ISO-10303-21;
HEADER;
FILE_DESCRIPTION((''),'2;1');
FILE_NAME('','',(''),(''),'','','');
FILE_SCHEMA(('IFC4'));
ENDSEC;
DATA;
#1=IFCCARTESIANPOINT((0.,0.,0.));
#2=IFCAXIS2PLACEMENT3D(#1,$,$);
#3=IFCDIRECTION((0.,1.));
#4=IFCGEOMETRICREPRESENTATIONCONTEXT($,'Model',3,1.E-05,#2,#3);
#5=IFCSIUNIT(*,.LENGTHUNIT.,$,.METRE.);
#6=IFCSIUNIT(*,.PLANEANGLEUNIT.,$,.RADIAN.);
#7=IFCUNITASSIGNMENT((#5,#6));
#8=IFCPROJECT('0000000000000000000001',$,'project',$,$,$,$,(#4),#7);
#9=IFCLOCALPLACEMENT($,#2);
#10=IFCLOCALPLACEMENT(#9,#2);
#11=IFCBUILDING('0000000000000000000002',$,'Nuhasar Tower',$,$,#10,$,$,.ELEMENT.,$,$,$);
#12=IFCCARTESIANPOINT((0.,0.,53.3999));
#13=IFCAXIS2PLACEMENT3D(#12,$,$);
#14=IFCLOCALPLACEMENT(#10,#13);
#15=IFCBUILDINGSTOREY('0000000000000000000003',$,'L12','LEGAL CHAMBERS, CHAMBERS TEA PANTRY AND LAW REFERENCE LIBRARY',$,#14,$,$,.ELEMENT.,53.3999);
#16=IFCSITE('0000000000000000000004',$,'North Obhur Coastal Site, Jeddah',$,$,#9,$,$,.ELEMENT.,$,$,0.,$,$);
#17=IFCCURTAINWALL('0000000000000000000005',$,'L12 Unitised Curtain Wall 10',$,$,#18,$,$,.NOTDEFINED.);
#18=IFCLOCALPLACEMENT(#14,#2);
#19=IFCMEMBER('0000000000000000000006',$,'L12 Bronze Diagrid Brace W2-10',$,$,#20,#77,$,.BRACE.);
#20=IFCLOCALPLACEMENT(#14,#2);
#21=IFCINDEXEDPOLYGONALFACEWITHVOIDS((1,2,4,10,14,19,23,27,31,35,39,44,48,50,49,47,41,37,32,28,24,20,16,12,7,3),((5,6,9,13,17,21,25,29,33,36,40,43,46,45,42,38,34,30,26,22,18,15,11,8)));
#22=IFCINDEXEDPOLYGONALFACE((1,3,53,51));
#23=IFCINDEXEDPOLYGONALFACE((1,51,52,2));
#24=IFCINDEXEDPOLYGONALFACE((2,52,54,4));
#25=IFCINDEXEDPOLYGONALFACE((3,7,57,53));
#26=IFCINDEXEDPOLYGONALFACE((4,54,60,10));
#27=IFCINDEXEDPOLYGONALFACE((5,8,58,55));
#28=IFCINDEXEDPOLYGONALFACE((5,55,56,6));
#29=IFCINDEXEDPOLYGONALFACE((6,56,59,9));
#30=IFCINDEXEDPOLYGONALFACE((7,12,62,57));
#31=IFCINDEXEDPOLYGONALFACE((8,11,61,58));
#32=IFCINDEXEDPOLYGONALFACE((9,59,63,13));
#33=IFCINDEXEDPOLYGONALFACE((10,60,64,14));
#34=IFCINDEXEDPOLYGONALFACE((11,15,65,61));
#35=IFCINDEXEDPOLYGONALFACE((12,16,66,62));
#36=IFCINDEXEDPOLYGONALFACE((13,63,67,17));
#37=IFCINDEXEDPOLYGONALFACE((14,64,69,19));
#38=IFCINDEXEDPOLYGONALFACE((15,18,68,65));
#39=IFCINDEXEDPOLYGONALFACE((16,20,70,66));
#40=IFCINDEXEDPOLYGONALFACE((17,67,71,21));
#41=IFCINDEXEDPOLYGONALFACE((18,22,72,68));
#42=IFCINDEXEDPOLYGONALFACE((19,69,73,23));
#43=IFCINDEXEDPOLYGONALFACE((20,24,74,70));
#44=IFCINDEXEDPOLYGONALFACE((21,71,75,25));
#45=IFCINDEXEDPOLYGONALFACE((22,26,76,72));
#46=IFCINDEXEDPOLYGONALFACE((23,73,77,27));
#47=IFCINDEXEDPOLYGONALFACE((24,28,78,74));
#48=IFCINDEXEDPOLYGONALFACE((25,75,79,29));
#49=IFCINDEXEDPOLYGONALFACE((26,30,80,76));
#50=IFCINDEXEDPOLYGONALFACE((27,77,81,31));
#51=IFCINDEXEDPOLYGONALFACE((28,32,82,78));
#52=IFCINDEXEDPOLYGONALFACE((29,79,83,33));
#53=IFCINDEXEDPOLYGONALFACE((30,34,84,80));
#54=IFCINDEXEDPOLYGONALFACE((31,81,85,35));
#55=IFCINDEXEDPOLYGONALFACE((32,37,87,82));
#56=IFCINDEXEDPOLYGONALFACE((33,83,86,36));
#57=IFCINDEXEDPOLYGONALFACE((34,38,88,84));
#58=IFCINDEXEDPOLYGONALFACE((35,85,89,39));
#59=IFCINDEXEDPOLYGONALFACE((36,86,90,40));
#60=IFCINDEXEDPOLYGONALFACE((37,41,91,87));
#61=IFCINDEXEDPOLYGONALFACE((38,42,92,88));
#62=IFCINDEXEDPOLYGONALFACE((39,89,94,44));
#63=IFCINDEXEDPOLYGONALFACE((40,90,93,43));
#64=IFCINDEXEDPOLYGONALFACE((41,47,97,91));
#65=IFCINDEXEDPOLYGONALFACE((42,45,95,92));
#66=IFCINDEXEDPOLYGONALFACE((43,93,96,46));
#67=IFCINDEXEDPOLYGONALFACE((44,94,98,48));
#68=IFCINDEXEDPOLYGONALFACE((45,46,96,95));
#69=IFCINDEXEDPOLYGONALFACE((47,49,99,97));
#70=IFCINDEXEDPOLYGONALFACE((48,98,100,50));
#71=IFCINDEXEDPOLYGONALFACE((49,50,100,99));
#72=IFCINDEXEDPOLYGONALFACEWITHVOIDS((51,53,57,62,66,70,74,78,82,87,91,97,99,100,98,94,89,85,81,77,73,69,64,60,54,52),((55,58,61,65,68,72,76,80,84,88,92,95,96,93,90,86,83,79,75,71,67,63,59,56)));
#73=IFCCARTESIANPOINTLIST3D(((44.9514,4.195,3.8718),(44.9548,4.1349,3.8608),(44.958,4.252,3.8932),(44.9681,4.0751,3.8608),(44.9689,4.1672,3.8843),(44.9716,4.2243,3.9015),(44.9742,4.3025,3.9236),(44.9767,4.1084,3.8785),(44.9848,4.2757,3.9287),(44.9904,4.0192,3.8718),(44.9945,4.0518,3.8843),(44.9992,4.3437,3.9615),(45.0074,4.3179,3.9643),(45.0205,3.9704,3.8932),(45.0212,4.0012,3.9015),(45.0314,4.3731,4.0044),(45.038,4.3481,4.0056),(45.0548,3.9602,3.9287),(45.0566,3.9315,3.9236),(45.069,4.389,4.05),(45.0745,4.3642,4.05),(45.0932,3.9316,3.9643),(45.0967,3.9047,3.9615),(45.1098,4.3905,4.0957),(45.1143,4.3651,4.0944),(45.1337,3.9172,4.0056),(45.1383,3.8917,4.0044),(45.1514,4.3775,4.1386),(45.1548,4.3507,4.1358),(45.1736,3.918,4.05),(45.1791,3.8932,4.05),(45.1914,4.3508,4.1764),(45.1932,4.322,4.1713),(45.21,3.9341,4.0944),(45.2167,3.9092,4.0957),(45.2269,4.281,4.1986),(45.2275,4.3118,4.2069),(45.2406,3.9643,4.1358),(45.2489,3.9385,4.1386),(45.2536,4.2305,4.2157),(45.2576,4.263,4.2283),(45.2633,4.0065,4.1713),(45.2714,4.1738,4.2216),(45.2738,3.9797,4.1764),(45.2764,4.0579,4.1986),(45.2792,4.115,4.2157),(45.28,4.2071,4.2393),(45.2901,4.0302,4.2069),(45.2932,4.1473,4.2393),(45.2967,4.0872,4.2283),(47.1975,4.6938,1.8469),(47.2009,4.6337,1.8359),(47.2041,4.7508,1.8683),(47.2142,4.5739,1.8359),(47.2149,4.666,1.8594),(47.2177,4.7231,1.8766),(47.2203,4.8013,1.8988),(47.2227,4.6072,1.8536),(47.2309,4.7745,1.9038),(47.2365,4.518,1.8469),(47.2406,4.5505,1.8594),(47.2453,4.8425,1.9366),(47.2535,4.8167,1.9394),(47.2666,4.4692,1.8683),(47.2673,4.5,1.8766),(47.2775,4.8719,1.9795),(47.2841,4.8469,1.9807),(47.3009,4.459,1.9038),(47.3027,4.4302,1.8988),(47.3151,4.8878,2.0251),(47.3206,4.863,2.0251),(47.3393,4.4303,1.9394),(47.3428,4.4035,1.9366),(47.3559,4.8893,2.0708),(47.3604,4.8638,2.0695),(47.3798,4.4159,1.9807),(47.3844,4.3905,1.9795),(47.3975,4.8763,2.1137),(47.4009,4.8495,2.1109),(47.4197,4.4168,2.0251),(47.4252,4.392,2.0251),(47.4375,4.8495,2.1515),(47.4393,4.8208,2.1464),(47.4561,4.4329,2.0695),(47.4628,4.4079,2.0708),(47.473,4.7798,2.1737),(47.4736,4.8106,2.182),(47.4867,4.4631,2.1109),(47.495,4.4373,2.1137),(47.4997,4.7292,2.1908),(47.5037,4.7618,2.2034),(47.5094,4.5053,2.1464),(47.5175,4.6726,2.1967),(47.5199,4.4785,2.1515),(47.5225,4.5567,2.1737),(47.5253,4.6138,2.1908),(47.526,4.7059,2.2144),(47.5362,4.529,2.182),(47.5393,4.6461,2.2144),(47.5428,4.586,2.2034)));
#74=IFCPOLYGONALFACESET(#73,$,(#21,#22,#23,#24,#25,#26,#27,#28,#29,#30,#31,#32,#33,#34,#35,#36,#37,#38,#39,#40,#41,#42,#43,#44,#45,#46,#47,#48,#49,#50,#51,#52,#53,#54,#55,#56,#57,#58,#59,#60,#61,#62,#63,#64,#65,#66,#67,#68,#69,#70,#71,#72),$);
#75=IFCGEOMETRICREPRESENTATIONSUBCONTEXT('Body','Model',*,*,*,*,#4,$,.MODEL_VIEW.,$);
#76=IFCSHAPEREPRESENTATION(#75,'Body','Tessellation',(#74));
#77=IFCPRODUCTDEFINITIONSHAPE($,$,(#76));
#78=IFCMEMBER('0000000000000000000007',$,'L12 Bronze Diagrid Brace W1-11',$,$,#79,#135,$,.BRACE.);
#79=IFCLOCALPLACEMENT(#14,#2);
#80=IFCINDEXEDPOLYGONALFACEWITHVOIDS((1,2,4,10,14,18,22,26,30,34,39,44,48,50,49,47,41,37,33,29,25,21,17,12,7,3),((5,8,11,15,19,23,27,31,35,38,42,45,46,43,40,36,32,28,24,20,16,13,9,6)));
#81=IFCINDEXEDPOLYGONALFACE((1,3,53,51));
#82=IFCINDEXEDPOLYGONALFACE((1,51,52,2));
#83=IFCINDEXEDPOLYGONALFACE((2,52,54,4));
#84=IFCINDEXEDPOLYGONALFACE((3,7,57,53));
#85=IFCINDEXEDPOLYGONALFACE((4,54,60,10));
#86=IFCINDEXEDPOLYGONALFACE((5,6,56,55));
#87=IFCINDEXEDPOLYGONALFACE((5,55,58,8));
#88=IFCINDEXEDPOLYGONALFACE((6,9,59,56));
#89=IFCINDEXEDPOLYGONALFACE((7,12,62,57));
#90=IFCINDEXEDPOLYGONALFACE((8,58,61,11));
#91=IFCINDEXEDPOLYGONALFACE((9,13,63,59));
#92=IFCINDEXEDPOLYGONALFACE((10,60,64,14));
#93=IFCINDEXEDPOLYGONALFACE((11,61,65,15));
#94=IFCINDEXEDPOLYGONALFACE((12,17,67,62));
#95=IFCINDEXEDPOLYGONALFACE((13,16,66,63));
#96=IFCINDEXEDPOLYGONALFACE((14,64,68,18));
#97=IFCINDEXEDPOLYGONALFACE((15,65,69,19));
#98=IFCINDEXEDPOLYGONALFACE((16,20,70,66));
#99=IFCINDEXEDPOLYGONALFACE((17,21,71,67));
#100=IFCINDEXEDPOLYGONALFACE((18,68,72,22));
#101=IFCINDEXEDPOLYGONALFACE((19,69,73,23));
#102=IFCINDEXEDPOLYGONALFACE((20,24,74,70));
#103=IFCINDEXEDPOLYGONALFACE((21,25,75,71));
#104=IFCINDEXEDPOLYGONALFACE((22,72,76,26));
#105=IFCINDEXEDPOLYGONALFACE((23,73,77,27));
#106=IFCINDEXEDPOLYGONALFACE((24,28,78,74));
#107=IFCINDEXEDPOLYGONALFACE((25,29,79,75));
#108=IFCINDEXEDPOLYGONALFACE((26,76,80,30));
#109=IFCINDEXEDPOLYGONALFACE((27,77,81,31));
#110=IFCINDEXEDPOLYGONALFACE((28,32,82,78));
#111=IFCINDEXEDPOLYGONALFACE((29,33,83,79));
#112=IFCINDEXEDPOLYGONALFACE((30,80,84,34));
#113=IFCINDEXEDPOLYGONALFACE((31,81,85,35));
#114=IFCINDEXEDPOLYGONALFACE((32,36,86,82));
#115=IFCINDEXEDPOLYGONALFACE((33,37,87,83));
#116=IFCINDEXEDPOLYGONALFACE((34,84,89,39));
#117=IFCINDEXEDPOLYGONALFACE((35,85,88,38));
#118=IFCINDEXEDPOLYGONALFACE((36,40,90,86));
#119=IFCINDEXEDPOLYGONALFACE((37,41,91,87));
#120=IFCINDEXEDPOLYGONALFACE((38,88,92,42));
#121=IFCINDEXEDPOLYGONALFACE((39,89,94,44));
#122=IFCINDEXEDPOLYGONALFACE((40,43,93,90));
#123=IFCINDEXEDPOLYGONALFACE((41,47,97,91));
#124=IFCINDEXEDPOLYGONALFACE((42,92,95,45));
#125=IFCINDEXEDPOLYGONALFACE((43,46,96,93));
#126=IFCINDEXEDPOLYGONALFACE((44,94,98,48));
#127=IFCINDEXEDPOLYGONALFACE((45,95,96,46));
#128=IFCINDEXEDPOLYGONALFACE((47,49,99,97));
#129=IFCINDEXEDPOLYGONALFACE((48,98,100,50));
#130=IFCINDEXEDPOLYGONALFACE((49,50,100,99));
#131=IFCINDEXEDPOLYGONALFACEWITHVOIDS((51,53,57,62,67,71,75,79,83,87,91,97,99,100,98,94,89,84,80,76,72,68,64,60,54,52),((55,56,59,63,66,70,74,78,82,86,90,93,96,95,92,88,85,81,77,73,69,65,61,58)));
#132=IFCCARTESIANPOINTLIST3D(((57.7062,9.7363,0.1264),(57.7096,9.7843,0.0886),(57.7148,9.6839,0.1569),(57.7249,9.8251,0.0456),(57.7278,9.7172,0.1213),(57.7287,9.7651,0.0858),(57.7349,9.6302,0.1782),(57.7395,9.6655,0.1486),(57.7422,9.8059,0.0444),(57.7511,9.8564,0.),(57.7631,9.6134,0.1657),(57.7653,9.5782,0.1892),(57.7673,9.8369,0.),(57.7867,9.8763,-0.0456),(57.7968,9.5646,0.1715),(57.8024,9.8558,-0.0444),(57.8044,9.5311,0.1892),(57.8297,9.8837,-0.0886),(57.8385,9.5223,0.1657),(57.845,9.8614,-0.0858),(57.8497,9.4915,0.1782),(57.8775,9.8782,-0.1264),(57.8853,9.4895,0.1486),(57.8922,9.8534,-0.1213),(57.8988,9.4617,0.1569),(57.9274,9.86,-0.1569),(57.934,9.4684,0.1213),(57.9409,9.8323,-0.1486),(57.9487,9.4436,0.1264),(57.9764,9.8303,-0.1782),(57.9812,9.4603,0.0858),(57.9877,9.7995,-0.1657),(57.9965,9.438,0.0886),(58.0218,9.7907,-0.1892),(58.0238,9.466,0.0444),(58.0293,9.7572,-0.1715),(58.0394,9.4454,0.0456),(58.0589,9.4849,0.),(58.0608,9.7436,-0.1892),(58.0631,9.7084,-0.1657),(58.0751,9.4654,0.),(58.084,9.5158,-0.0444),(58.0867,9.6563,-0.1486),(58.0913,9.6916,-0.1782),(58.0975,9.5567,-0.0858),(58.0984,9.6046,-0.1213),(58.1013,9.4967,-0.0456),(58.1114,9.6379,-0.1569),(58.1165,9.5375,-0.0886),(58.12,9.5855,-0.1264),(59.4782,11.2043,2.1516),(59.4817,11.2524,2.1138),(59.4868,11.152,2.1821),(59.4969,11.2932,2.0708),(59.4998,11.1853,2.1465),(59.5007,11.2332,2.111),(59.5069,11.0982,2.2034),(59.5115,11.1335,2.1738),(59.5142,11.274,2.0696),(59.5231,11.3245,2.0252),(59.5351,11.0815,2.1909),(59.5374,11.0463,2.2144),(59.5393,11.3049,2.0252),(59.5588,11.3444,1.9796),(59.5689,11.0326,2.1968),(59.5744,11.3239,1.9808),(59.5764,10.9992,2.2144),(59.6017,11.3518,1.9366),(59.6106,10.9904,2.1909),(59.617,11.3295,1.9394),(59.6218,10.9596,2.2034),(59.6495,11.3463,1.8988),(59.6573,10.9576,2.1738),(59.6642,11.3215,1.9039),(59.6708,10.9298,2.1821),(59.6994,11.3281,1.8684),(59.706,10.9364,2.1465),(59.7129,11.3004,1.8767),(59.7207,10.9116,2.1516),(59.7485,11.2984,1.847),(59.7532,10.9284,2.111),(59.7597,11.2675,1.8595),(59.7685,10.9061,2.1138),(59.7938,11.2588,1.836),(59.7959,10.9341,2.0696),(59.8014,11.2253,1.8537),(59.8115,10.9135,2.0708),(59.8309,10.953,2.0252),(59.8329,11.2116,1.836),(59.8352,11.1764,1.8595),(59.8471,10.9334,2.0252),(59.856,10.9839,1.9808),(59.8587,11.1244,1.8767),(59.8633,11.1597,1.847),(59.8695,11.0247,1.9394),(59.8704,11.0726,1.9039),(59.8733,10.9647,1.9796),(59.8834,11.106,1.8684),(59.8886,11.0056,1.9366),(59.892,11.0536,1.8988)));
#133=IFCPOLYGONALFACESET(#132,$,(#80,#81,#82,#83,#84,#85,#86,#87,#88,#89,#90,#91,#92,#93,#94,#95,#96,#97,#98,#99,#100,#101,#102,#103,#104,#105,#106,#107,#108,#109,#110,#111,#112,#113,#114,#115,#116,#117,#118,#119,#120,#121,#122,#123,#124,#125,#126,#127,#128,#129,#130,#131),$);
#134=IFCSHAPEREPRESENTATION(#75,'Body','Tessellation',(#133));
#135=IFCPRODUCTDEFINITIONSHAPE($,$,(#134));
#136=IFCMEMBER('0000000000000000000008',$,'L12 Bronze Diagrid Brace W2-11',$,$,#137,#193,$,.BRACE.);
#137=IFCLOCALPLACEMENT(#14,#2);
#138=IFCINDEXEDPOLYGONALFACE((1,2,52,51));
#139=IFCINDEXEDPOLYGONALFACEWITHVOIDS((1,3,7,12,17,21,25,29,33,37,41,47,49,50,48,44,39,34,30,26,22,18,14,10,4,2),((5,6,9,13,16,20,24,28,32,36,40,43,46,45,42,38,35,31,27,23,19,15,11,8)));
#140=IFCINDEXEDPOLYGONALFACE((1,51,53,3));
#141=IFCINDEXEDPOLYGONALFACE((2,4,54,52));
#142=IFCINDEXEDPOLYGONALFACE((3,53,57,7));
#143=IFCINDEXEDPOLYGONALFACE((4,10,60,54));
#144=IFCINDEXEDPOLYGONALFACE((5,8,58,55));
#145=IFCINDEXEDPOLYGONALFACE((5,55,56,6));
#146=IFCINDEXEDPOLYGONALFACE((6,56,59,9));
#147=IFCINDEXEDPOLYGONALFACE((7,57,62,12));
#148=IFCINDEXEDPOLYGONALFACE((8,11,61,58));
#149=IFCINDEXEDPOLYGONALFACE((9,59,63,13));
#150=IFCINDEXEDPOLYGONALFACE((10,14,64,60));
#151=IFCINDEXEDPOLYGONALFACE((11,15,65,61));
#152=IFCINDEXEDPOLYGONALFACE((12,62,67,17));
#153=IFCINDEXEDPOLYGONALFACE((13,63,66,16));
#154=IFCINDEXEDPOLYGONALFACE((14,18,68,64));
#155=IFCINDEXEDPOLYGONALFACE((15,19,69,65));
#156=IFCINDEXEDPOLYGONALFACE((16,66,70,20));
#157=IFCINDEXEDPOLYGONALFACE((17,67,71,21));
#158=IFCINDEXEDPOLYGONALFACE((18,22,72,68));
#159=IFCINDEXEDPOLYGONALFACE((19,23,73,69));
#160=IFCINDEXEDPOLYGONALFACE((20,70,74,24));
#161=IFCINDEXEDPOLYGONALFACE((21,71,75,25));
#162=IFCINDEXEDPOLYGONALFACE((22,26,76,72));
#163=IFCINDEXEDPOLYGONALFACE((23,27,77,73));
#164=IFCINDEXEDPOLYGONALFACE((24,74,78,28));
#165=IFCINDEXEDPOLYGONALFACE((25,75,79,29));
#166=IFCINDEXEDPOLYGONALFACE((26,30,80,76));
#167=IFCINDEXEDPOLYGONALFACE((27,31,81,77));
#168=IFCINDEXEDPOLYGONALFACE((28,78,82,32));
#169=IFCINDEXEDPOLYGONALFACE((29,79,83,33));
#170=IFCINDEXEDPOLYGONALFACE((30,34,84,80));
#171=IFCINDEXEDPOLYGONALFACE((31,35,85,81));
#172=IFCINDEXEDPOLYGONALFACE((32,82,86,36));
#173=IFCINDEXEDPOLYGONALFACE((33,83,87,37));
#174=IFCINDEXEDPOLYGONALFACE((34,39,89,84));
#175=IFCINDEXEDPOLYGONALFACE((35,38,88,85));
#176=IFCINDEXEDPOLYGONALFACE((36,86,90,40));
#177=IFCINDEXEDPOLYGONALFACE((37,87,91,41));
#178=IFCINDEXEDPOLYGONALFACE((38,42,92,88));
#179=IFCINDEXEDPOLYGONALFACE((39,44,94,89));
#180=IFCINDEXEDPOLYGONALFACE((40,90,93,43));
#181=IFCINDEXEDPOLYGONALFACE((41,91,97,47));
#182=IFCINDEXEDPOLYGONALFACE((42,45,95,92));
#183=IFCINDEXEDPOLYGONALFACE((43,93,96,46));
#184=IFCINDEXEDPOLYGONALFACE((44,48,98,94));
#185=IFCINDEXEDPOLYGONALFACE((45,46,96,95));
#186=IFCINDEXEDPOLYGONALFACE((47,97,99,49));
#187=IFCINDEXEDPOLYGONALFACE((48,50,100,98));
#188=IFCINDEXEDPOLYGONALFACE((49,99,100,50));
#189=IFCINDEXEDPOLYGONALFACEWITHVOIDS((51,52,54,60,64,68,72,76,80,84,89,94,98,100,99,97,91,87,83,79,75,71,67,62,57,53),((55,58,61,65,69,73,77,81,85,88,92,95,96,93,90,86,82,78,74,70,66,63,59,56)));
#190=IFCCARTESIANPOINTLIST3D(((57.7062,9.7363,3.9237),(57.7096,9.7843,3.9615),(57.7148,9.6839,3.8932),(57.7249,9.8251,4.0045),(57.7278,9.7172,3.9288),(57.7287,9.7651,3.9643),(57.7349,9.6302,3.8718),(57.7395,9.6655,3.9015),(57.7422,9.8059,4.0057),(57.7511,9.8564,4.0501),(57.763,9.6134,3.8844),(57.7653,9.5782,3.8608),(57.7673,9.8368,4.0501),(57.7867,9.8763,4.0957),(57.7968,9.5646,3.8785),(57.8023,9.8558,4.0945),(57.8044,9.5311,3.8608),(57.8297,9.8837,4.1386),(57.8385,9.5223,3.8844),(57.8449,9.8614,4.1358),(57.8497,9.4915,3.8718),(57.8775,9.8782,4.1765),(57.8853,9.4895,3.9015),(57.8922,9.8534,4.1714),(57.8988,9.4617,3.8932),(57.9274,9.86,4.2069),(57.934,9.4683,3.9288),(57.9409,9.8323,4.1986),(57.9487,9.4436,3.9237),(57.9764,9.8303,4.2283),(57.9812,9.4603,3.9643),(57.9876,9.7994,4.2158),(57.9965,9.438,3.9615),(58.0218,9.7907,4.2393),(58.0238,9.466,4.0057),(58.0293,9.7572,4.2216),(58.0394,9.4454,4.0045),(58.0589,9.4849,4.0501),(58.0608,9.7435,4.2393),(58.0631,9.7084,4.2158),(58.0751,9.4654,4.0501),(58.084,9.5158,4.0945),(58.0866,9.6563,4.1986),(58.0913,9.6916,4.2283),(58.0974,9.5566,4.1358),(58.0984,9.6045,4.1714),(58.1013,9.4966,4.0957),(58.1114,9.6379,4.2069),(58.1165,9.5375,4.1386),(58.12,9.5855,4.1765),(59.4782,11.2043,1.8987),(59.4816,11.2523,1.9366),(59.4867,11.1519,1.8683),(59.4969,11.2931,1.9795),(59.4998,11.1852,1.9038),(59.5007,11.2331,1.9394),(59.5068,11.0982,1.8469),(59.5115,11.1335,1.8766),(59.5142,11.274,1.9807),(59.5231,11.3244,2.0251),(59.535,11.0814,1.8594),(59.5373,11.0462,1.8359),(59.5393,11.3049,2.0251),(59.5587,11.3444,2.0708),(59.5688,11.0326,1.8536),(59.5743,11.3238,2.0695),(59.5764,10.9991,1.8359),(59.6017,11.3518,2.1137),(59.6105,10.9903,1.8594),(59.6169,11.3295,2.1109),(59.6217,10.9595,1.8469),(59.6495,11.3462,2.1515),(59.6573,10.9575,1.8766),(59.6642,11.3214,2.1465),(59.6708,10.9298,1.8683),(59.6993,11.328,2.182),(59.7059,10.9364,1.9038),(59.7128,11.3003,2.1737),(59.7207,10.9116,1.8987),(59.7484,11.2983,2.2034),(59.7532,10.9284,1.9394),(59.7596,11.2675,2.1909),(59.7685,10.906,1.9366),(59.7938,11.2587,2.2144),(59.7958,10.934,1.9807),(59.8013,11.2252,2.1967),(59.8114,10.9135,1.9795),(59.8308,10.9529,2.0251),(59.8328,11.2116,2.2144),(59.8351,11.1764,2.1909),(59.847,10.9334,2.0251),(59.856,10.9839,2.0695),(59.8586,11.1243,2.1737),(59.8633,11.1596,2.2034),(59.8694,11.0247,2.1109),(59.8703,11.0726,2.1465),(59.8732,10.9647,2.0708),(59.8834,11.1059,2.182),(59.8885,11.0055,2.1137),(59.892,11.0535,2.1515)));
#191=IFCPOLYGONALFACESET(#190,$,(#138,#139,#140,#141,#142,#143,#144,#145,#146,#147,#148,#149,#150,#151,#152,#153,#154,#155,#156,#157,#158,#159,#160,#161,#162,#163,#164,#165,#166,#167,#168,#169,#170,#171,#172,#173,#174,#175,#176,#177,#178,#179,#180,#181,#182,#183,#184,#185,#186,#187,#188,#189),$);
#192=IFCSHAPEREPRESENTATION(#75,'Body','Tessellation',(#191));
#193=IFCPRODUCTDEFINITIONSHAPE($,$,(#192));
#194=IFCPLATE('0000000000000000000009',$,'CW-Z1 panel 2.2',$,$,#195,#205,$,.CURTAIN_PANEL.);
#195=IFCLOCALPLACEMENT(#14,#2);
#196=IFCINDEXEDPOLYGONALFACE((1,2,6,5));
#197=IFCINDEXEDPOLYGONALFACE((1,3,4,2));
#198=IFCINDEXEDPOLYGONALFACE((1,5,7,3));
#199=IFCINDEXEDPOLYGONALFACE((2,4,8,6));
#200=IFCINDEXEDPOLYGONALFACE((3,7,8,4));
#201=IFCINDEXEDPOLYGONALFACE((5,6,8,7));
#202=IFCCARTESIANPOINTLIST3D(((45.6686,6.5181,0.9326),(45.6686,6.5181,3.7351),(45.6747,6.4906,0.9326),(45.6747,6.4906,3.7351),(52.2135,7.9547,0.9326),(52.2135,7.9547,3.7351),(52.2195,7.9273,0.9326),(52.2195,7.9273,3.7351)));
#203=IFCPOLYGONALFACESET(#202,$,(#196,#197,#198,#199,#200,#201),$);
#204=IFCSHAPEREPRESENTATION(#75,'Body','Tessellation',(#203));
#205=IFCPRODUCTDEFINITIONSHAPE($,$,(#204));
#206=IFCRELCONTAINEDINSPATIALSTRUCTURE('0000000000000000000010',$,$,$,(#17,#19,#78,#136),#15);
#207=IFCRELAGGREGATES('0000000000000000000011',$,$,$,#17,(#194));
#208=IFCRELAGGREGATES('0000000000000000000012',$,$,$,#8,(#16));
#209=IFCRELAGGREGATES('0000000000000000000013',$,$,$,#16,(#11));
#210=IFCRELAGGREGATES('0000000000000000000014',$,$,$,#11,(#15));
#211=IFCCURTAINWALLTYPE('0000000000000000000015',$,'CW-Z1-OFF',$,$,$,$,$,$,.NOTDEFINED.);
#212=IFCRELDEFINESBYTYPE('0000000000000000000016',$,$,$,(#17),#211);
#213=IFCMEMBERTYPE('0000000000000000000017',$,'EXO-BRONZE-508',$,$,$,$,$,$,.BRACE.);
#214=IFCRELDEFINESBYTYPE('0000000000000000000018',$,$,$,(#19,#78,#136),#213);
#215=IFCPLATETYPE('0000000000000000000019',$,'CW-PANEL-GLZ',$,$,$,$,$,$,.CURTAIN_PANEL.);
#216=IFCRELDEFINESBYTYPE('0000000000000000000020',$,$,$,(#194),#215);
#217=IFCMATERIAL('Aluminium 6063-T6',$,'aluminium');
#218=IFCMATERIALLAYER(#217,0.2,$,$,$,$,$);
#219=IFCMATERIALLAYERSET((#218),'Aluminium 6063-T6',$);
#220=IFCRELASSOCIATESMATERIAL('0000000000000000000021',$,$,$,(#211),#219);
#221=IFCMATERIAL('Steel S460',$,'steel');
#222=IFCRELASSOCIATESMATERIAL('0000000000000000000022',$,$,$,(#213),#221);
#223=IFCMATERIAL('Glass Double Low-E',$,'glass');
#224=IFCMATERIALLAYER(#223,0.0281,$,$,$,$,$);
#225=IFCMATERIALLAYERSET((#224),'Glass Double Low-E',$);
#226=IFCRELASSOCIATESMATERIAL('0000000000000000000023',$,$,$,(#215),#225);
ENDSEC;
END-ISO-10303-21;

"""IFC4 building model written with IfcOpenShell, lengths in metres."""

from ifc_helpers import new_model, si_unit, direction, frame, origin, origin_2d, place, context, subcontext, project, spatial, rectangle, hollow_circle, extrude, material, layer, layer_set, material_profile, profile_set, type_object, element, aggregate, save


model = new_model("IFC4")

# Units and contexts
model_context = context("Model", 3, precision=1e-05, world=origin(), true_north=direction((0.0, 1.0)))
body_context = subcontext(model_context, "Body", "Model", "MODEL_VIEW")
ifc_project = project(units=[si_unit("LENGTHUNIT", "METRE"), si_unit("PLANEANGLEUNIT", "RADIAN")], contexts=[model_context])

# Site, building, storey
site_placement = place(None, origin())
site = spatial("IfcSite", under=ifc_project, at=site_placement, Name="North Obhur Coastal Site, Jeddah", CompositionType="ELEMENT", RefElevation=0.0)
building_placement = place(site_placement, origin())
building = spatial("IfcBuilding", under=site, at=building_placement, Name="Nuhasar Tower", CompositionType="ELEMENT")
storey_placement = place(building_placement, frame((0.0, 0.0, 53.3999)))
storey = spatial("IfcBuildingStorey", under=building, at=storey_placement, Name="L12", Description="LEGAL CHAMBERS, CHAMBERS TEA PANTRY AND LAW REFERENCE LIBRARY", CompositionType="ELEMENT", Elevation=53.3999)

# Curtain wall
ifc_material_1 = material(Name="Aluminium 6063-T6", Category="aluminium")
ifc_layer_1 = layer(ifc_material_1, 0.2)
ifc_layer_set_1 = layer_set([ifc_layer_1], Name="Aluminium 6063-T6")
curtain_wall_type = type_object("IfcCurtainWallType", Name="CW-Z1-OFF", PredefinedType="NOTDEFINED", material=ifc_layer_set_1)
curtain_wall_1_placement = place(storey_placement, origin())
curtain_wall_1 = element("IfcCurtainWall", 1, at=curtain_wall_1_placement, inside=storey, type_object=curtain_wall_type, Name="L12 Unitised Curtain Wall 10", PredefinedType="NOTDEFINED")

# Members
ifc_material_2 = material(Name="Steel S460", Category="steel")
ifc_material_profile_1 = material_profile(ifc_material_2, hollow_circle(Radius=0.2539, WallThickness=0.0254, at=origin_2d()), Name="HSS508X25.4")
ifc_profile_set_1 = profile_set([ifc_material_profile_1], Name="Steel S460")
member_type_1 = type_object("IfcMemberType", Name="EXO-BRONZE-508", PredefinedType="BRACE", material=ifc_profile_set_1)
member_1_placement = place(storey_placement, frame((47.3701, 4.6399, 2.0251), z_axis=(-0.732831, -0.162736, 0.660663), x_axis=(0.216784, -0.97622, 0.0)))
element("IfcMember", 2, at=member_1_placement, inside=storey, type_object=member_type_1, Name="L12 Bronze Diagrid Brace W2-10", PredefinedType="BRACE", context=body_context, shape_type="SweptSolid", body=[
    extrude(hollow_circle(Radius=0.2539, WallThickness=0.0254, at=origin_2d()), origin(), (0.0, 0.0, 1.0), 3.0649),
])
member_2_placement = place(storey_placement, frame((57.9131, 9.6609, 0.0), z_axis=(0.578071, 0.478912, 0.660664), x_axis=(-0.637969, 0.770062, 0.0)))
element("IfcMember", 3, at=member_2_placement, inside=storey, type_object=member_type_1, Name="L12 Bronze Diagrid Brace W1-11", PredefinedType="BRACE", context=body_context, shape_type="SweptSolid", body=[
    extrude(hollow_circle(Radius=0.2539, WallThickness=0.0254, at=origin_2d()), origin(), (0.0, 0.0, 1.0), 3.0654),
])
member_3_placement = place(storey_placement, frame((59.6851, 11.1289, 2.0251), z_axis=(-0.578102, -0.478937, 0.660619), x_axis=(0.637969, -0.770062, 0.0)))
element("IfcMember", 4, at=member_3_placement, inside=storey, type_object=member_type_1, Name="L12 Bronze Diagrid Brace W2-11", PredefinedType="BRACE", context=body_context, shape_type="SweptSolid", body=[
    extrude(hollow_circle(Radius=0.2539, WallThickness=0.0254, at=origin_2d()), origin(), (0.0, 0.0, 1.0), 3.0652),
])

# Plate
ifc_material_3 = material(Name="Glass Double Low-E", Category="glass")
ifc_layer_2 = layer(ifc_material_3, 0.0281)
ifc_layer_set_2 = layer_set([ifc_layer_2], Name="Glass Double Low-E")
plate_type_1 = type_object("IfcPlateType", Name="CW-PANEL-GLZ", PredefinedType="CURTAIN_PANEL", material=ifc_layer_set_2)
plate_1_placement = place(storey_placement, frame((48.9441, 7.2227, 0.9326), z_axis=(0.0, 0.0, 1.0), x_axis=(0.976746, 0.214399, 0.0)))
plate_1 = element("IfcPlate", 5, at=plate_1_placement, type_object=plate_type_1, Name="CW-Z1 panel 2.2", PredefinedType="CURTAIN_PANEL", context=body_context, shape_type="SweptSolid", body=[
    extrude(rectangle(XDim=6.7007, YDim=0.0281, at=origin_2d()), origin(), (0.0, 0.0, 1.0), 2.8025),
])
aggregate(curtain_wall_1, [plate_1])

save(model, "model.ifc")
